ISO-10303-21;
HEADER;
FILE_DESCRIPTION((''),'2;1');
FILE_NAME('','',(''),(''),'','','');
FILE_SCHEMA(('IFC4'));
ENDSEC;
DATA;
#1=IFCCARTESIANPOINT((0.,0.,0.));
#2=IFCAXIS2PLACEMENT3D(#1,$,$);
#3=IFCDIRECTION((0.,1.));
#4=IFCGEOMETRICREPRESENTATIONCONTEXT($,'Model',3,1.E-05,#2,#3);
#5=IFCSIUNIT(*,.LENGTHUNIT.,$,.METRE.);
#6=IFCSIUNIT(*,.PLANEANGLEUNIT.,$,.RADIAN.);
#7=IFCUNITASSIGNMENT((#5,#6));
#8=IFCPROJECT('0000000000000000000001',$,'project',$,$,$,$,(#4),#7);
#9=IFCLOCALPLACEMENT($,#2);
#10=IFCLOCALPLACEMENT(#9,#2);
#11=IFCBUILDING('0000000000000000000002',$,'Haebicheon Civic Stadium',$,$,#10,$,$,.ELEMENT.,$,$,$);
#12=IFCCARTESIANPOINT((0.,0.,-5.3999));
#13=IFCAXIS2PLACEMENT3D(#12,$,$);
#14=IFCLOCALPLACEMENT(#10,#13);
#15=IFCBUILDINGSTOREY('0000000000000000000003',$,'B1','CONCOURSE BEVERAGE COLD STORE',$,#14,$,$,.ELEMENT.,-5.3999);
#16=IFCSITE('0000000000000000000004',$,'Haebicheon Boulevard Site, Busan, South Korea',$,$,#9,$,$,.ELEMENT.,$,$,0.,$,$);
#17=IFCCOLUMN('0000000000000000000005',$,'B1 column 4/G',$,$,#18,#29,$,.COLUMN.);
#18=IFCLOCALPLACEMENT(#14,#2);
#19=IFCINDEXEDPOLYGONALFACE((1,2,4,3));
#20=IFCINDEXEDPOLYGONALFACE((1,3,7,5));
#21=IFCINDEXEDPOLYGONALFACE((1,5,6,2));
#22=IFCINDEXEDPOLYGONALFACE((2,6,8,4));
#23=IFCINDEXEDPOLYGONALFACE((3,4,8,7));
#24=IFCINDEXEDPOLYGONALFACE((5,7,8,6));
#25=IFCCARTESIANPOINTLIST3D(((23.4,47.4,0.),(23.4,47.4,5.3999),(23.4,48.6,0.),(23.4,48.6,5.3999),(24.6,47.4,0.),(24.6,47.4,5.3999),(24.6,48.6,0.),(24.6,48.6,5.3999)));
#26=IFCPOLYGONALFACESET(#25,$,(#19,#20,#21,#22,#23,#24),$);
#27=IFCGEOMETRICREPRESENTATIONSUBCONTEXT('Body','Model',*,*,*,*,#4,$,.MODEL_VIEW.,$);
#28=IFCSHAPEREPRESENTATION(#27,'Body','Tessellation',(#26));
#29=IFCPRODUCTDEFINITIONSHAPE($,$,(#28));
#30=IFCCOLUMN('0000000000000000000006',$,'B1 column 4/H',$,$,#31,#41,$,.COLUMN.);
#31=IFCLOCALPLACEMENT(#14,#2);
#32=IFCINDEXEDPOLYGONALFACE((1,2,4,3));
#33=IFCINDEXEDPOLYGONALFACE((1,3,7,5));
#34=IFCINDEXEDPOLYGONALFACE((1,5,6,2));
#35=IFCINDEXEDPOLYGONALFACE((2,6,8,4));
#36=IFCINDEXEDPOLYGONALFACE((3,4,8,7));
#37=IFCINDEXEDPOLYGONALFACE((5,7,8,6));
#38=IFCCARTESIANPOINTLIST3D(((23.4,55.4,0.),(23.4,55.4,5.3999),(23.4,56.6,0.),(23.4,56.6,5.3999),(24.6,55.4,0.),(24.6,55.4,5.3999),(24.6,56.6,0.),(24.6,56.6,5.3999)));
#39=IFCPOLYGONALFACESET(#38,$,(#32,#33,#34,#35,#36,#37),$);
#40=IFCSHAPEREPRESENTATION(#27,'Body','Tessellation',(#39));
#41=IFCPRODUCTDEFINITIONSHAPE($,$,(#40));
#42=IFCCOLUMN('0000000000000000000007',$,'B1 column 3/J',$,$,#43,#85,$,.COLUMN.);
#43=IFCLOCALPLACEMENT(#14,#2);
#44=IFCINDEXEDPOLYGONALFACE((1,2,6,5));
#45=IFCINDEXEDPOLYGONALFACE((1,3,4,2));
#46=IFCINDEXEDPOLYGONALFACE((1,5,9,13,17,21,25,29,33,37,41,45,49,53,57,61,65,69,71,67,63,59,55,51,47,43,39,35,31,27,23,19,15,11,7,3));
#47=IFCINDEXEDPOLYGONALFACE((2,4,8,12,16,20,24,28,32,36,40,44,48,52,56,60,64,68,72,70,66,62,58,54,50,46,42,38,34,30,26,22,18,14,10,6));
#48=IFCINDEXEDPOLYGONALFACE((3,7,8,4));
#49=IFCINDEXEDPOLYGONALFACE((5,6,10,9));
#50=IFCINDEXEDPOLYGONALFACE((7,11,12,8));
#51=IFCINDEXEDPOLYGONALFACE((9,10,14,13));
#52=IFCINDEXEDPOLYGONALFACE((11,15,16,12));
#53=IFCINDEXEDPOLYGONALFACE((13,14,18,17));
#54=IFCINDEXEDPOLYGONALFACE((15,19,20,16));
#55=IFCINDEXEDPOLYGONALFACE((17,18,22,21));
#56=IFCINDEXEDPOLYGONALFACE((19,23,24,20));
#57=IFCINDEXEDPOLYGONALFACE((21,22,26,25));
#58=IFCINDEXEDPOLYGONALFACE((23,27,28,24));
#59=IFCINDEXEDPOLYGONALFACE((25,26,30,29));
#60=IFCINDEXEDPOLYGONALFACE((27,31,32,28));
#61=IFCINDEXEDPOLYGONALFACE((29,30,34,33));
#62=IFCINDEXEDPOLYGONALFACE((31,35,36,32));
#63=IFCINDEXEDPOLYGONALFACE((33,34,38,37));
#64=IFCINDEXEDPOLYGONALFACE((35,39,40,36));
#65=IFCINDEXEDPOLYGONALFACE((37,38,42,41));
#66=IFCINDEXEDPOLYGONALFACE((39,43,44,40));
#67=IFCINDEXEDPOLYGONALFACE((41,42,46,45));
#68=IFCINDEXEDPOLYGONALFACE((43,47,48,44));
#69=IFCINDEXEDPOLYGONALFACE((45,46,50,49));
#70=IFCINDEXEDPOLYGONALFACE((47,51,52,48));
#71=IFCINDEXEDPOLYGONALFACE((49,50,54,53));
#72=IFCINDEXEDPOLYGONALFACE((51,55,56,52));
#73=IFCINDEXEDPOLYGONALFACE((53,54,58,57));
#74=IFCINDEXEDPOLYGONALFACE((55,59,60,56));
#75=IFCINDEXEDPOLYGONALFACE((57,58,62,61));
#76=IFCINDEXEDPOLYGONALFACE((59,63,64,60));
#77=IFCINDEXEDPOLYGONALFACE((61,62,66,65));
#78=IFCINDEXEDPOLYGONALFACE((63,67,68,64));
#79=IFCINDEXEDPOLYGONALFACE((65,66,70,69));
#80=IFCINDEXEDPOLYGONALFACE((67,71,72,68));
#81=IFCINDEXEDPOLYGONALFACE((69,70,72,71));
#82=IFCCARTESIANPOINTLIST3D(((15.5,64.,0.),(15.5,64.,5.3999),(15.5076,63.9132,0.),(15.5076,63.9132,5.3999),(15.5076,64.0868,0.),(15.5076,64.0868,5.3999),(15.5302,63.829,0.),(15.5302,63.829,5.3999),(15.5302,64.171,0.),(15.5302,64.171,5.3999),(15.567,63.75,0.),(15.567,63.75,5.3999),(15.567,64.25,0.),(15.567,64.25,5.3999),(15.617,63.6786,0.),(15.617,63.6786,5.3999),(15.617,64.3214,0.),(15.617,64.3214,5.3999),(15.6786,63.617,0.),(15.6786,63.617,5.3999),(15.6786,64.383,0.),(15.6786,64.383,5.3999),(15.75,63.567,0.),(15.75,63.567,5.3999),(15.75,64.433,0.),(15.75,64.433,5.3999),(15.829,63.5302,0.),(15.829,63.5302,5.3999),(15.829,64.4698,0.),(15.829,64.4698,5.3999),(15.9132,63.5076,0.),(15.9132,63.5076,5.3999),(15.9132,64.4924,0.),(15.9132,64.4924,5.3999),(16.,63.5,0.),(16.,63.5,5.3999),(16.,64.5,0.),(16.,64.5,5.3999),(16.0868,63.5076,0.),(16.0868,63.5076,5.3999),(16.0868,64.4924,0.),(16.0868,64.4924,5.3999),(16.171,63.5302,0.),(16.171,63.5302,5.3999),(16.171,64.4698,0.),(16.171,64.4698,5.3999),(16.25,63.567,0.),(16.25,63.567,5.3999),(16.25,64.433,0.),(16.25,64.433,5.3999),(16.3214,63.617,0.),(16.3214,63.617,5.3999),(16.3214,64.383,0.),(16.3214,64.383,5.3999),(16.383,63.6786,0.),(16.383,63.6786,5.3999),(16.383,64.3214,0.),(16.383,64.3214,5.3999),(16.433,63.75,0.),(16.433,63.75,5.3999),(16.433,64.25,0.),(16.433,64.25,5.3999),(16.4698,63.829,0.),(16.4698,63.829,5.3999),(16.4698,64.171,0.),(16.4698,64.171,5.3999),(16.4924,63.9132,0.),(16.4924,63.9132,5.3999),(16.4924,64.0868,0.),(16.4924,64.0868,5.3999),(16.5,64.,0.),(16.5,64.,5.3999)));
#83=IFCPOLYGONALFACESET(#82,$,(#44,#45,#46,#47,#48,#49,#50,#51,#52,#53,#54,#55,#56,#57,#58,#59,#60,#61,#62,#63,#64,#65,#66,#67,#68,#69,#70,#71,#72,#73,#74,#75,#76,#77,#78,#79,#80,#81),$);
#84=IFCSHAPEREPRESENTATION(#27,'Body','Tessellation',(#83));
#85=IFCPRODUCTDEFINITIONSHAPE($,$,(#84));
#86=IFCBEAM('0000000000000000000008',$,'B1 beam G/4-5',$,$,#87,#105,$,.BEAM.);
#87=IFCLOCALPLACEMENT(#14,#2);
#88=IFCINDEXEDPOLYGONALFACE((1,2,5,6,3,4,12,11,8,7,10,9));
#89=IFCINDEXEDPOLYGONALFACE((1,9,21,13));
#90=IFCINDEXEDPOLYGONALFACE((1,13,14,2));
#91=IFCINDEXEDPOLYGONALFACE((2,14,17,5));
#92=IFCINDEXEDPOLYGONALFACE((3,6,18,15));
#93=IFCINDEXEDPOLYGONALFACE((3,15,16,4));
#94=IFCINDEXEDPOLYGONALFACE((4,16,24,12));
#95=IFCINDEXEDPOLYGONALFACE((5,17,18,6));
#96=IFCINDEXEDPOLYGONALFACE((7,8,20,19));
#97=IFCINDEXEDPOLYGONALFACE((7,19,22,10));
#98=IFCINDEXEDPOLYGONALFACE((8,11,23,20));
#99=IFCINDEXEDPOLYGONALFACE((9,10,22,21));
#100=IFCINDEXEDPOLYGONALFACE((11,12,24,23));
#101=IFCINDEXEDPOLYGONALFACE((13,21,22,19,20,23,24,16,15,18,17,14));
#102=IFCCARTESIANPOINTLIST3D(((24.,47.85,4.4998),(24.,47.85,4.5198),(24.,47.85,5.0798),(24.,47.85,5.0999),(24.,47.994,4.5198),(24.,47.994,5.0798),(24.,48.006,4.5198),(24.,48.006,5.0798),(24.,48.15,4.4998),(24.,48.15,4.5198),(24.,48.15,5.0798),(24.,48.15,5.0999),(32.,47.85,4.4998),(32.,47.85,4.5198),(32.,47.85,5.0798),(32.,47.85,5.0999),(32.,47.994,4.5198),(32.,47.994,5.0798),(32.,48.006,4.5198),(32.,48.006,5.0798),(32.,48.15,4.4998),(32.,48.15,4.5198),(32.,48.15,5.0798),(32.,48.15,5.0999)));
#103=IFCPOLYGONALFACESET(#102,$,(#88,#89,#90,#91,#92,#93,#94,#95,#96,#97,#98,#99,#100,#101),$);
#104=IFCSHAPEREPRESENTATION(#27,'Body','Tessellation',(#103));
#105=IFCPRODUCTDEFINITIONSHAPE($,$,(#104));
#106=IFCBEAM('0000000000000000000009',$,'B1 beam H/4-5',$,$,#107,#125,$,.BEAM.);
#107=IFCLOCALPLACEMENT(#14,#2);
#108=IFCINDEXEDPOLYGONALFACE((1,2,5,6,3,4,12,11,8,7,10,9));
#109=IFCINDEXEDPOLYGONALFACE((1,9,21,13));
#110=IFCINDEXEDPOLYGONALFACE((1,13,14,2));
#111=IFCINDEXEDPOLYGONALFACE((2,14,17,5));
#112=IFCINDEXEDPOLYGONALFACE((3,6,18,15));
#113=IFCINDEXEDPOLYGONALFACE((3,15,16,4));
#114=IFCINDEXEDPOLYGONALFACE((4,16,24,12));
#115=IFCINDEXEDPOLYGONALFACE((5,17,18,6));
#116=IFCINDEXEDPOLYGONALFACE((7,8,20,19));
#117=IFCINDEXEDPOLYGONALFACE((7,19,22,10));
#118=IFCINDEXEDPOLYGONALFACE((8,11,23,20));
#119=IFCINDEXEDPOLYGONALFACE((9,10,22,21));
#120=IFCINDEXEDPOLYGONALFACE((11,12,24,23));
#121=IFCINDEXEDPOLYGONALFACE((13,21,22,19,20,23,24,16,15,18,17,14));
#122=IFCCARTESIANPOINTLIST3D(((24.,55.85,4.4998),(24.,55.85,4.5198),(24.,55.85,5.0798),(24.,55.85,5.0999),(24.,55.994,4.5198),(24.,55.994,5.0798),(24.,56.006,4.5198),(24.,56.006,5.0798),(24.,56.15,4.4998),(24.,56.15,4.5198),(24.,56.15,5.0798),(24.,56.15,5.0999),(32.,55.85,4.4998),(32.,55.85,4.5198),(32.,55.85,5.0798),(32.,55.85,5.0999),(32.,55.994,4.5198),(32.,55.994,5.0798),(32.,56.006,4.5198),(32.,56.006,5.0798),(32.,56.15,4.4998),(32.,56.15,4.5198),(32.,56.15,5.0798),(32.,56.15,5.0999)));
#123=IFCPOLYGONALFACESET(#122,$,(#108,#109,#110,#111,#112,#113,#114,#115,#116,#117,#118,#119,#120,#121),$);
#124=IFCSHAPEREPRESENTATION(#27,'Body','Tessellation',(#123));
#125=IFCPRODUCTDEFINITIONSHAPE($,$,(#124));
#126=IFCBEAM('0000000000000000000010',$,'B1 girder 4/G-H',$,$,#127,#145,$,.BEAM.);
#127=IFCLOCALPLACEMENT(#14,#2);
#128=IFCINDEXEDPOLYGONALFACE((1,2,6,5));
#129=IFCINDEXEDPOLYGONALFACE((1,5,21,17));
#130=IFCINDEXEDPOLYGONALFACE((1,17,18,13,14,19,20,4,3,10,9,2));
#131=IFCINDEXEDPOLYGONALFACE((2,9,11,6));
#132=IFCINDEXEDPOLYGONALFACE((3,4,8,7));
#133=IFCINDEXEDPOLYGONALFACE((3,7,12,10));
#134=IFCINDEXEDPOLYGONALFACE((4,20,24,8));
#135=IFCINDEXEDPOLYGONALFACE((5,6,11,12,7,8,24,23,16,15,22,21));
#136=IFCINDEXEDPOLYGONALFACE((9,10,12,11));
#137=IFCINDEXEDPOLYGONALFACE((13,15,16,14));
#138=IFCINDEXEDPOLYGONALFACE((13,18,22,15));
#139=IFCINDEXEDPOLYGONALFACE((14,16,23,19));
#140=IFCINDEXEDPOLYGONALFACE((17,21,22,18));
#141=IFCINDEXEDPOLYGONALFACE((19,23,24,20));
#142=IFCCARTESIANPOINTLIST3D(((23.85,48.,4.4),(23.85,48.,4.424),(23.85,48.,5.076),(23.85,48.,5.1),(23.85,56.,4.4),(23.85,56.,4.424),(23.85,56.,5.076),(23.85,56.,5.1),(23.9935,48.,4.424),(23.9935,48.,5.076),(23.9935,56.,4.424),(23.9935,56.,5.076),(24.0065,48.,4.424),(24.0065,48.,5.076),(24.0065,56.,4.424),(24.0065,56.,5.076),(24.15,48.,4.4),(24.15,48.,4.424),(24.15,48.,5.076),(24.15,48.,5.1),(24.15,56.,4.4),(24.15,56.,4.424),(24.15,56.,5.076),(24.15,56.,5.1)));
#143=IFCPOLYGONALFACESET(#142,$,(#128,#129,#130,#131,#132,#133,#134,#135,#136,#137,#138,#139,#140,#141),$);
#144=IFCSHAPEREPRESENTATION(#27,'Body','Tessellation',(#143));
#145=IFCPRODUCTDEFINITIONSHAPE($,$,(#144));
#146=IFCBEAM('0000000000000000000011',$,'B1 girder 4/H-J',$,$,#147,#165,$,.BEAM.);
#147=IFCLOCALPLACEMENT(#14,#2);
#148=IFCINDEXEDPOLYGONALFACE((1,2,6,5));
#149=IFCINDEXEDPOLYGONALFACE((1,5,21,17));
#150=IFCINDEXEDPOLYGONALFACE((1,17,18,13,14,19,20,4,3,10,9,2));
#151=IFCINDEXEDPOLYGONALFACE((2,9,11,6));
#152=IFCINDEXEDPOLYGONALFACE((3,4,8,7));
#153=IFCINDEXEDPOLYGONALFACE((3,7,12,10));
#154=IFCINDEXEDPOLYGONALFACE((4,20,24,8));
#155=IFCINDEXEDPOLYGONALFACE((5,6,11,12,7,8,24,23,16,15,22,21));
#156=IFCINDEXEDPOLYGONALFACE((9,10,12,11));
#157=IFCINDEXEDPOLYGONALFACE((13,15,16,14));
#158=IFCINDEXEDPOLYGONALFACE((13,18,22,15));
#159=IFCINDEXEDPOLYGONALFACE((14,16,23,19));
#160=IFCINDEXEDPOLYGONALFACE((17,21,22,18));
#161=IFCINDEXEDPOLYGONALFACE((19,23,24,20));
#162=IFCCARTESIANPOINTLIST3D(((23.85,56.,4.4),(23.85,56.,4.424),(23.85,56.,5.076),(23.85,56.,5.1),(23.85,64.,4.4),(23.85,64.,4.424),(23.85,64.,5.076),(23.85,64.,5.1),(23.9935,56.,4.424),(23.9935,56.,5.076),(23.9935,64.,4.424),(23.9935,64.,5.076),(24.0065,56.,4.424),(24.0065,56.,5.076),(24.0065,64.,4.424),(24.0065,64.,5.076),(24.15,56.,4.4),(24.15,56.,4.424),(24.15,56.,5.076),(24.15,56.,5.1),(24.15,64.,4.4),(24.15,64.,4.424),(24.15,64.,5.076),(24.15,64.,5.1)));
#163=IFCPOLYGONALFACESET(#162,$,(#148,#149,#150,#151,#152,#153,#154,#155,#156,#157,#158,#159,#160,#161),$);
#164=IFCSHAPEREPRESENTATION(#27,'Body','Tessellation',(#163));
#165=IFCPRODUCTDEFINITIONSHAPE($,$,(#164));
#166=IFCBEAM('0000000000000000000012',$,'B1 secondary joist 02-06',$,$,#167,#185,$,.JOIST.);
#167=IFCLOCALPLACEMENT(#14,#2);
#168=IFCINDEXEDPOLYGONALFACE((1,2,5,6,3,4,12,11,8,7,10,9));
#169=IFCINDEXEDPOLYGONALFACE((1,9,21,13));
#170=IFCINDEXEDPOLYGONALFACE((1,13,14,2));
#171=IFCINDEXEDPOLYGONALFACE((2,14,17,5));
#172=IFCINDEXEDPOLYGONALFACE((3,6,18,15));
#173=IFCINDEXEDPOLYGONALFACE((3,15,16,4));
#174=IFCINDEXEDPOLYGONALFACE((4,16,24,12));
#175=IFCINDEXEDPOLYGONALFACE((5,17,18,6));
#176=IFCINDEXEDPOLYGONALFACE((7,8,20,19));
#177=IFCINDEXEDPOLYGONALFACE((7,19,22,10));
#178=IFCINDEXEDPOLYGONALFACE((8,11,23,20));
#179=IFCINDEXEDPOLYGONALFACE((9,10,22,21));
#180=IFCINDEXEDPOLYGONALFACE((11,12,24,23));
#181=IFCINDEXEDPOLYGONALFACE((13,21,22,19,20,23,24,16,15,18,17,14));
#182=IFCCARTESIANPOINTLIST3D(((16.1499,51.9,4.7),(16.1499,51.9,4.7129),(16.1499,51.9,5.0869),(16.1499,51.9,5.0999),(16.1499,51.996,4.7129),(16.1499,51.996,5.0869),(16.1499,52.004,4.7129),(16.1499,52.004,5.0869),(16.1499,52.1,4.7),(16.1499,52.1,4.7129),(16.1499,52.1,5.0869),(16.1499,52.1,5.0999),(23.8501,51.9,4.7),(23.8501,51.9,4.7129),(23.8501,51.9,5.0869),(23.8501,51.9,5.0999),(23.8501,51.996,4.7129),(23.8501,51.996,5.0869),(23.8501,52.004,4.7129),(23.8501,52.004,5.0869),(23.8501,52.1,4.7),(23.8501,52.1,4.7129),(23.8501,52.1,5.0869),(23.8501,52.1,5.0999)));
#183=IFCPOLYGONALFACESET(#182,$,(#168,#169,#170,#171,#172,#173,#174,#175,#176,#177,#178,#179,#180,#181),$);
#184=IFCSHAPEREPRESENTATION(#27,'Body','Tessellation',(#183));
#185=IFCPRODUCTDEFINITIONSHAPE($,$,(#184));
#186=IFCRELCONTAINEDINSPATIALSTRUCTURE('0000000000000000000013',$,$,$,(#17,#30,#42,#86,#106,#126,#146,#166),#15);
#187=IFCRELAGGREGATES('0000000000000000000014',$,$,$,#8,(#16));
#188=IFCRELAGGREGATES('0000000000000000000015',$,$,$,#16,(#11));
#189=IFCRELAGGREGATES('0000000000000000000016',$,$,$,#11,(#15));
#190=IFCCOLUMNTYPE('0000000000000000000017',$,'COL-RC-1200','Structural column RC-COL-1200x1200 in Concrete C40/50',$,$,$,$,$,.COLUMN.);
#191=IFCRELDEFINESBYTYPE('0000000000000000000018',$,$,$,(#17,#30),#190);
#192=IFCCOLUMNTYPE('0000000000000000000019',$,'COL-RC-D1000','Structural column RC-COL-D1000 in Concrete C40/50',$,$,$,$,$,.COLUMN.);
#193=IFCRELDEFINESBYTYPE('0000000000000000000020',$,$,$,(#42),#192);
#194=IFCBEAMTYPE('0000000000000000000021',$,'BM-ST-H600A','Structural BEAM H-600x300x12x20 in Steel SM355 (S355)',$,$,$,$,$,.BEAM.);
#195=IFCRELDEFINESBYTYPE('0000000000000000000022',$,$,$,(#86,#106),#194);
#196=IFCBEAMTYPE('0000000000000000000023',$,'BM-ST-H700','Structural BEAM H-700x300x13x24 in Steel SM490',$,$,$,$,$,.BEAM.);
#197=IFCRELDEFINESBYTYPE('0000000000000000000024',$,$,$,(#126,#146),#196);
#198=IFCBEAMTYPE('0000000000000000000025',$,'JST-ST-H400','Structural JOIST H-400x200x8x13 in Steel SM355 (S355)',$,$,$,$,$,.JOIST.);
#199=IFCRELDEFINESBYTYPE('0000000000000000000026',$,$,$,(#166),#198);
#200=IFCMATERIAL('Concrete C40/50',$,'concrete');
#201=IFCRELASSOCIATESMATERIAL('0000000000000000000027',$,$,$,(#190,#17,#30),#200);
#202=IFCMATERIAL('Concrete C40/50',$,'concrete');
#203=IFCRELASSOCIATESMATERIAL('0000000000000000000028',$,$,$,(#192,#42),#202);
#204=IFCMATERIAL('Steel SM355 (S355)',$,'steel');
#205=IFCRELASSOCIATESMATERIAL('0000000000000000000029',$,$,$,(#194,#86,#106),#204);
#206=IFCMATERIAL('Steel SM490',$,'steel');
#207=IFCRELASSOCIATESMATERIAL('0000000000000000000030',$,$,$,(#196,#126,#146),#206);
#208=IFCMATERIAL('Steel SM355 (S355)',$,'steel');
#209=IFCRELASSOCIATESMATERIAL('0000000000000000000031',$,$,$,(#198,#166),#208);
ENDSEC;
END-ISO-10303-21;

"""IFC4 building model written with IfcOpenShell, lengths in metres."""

from ifc_helpers import new_model, si_unit, direction, frame, origin, origin_2d, place, context, subcontext, project, spatial, rectangle, circle, i_section, extrude, material, material_profile, profile_set, type_object, element, save


model = new_model("IFC4")

# Units and contexts
model_context = context("Model", 3, precision=1e-05, world=origin(), true_north=direction((0.0, 1.0)))
body_context = subcontext(model_context, "Body", "Model", "MODEL_VIEW")
ifc_project = project(units=[si_unit("LENGTHUNIT", "METRE"), si_unit("PLANEANGLEUNIT", "RADIAN")], contexts=[model_context])

# Site, building, storey
site_placement = place(None, origin())
site = spatial("IfcSite", under=ifc_project, at=site_placement, Name="Haebicheon Boulevard Site, Busan, South Korea", CompositionType="ELEMENT", RefElevation=0.0)
building_placement = place(site_placement, origin())
building = spatial("IfcBuilding", under=site, at=building_placement, Name="Haebicheon Civic Stadium", CompositionType="ELEMENT")
storey_placement = place(building_placement, frame((0.0, 0.0, -5.3999)))
storey = spatial("IfcBuildingStorey", under=building, at=storey_placement, Name="B1", Description="CONCOURSE BEVERAGE COLD STORE", CompositionType="ELEMENT", Elevation=-5.3999)

# Columns
ifc_material_1 = material(Name="Concrete C40/50", Category="concrete")
ifc_material_profile_1 = material_profile(ifc_material_1, rectangle(XDim=1.2, YDim=1.2, at=origin_2d()), Name="RC-COL-1200x1200")
ifc_profile_set_1 = profile_set([ifc_material_profile_1], Name="Concrete C40/50")
column_type_1 = type_object("IfcColumnType", Name="COL-RC-1200", Description="Structural column RC-COL-1200x1200 in Concrete C40/50", PredefinedType="COLUMN", material=ifc_profile_set_1)
for number, where, z_axis, x_axis, name in (
    (1, (24.0, 48.0, 0.0), (0.0, 0.0, 1.0), (1.0, 0.0, 0.0), "B1 column 4/G"),
    (2, (24.0, 56.0, 0.0), (0.0, 0.0, 1.0), (1.0, 0.0, 0.0), "B1 column 4/H"),
):
    element("IfcColumn", number, at=place(storey_placement, frame(where, z_axis=z_axis, x_axis=x_axis)), inside=storey, type_object=column_type_1, material=ifc_profile_set_1, Name=name, PredefinedType="COLUMN", context=body_context, shape_type="SweptSolid", body=[
        extrude(rectangle(XDim=1.2, YDim=1.2, at=origin_2d()), origin(), (0.0, 0.0, 1.0), 5.3999),
    ])
ifc_material_2 = material(Name="Concrete C40/50", Category="concrete")
ifc_material_profile_2 = material_profile(ifc_material_2, circle(Radius=0.5, at=origin_2d()), Name="RC-COL-D1000")
ifc_profile_set_2 = profile_set([ifc_material_profile_2], Name="Concrete C40/50")
column_type_2 = type_object("IfcColumnType", Name="COL-RC-D1000", Description="Structural column RC-COL-D1000 in Concrete C40/50", PredefinedType="COLUMN", material=ifc_profile_set_2)
column_placement = place(storey_placement, frame((16.0, 64.0, 0.0), z_axis=(0.0, 0.0, 1.0), x_axis=(1.0, 0.0, 0.0)))
element("IfcColumn", 3, at=column_placement, inside=storey, type_object=column_type_2, material=ifc_profile_set_2, Name="B1 column 3/J", PredefinedType="COLUMN", context=body_context, shape_type="SweptSolid", body=[
    extrude(circle(Radius=0.5, at=origin_2d()), origin(), (0.0, 0.0, 1.0), 5.3999),
])

# Beams
ifc_material_3 = material(Name="Steel SM355 (S355)", Category="steel")
ifc_material_profile_3 = material_profile(ifc_material_3, i_section(OverallWidth=0.3, OverallDepth=0.6001, WebThickness=0.012, FlangeThickness=0.02, at=origin_2d()), Name="H-600x300x12x20")
ifc_profile_set_3 = profile_set([ifc_material_profile_3], Name="Steel SM355 (S355)")
beam_type_1 = type_object("IfcBeamType", Name="BM-ST-H600A", Description="Structural BEAM H-600x300x12x20 in Steel SM355 (S355)", PredefinedType="BEAM", material=ifc_profile_set_3)
for number, where, z_axis, x_axis, name in (
    (4, (24.0, 48.0, 4.7998), (1.0, 0.0, 0.0), (0.0, 1.0, 0.0), "B1 beam G/4-5"),
    (5, (24.0, 56.0, 4.7998), (1.0, 0.0, 0.0), (0.0, 1.0, 0.0), "B1 beam H/4-5"),
):
    element("IfcBeam", number, at=place(storey_placement, frame(where, z_axis=z_axis, x_axis=x_axis)), inside=storey, type_object=beam_type_1, material=ifc_profile_set_3, Name=name, PredefinedType="BEAM", context=body_context, shape_type="SweptSolid", body=[
        extrude(i_section(OverallWidth=0.3, OverallDepth=0.6001, WebThickness=0.012, FlangeThickness=0.02, at=origin_2d()), origin(), (0.0, 0.0, 1.0), 8.0),
    ])
ifc_material_4 = material(Name="Steel SM490", Category="steel")
ifc_material_profile_4 = material_profile(ifc_material_4, i_section(OverallWidth=0.3, OverallDepth=0.7, WebThickness=0.0129, FlangeThickness=0.0239, at=origin_2d()), Name="H-700x300x13x24")
ifc_profile_set_4 = profile_set([ifc_material_profile_4], Name="Steel SM490")
beam_type_2 = type_object("IfcBeamType", Name="BM-ST-H700", Description="Structural BEAM H-700x300x13x24 in Steel SM490", PredefinedType="BEAM", material=ifc_profile_set_4)
for number, where, z_axis, x_axis, name in (
    (6, (24.0, 48.0, 4.75), (0.0, 1.0, 0.0), (-1.0, 0.0, 0.0), "B1 girder 4/G-H"),
    (7, (24.0, 56.0, 4.75), (0.0, 1.0, 0.0), (-1.0, 0.0, 0.0), "B1 girder 4/H-J"),
):
    element("IfcBeam", number, at=place(storey_placement, frame(where, z_axis=z_axis, x_axis=x_axis)), inside=storey, type_object=beam_type_2, material=ifc_profile_set_4, Name=name, PredefinedType="BEAM", context=body_context, shape_type="SweptSolid", body=[
        extrude(i_section(OverallWidth=0.3, OverallDepth=0.7, WebThickness=0.0129, FlangeThickness=0.0239, at=origin_2d()), origin(), (0.0, 0.0, 1.0), 8.0),
    ])
ifc_material_5 = material(Name="Steel SM355 (S355)", Category="steel")
ifc_material_profile_5 = material_profile(ifc_material_5, i_section(OverallWidth=0.2, OverallDepth=0.3999, WebThickness=0.0081, FlangeThickness=0.0129, at=origin_2d()), Name="H-400x200x8x13")
ifc_profile_set_5 = profile_set([ifc_material_profile_5], Name="Steel SM355 (S355)")
beam_type_3 = type_object("IfcBeamType", Name="JST-ST-H400", Description="Structural JOIST H-400x200x8x13 in Steel SM355 (S355)", PredefinedType="JOIST", material=ifc_profile_set_5)
for number, where, z_axis, x_axis, name in (
    (8, (16.1499, 52.0, 4.8999), (1.0, 0.0, 0.0), (0.0, 1.0, 0.0), "B1 secondary joist 02-06"),
):
    element("IfcBeam", number, at=place(storey_placement, frame(where, z_axis=z_axis, x_axis=x_axis)), inside=storey, type_object=beam_type_3, material=ifc_profile_set_5, Name=name, PredefinedType="JOIST", context=body_context, shape_type="SweptSolid", body=[
        extrude(i_section(OverallWidth=0.2, OverallDepth=0.3999, WebThickness=0.0081, FlangeThickness=0.0129, at=origin_2d()), origin(), (0.0, 0.0, 1.0), 7.7002),
    ])

save(model, "model.ifc")
